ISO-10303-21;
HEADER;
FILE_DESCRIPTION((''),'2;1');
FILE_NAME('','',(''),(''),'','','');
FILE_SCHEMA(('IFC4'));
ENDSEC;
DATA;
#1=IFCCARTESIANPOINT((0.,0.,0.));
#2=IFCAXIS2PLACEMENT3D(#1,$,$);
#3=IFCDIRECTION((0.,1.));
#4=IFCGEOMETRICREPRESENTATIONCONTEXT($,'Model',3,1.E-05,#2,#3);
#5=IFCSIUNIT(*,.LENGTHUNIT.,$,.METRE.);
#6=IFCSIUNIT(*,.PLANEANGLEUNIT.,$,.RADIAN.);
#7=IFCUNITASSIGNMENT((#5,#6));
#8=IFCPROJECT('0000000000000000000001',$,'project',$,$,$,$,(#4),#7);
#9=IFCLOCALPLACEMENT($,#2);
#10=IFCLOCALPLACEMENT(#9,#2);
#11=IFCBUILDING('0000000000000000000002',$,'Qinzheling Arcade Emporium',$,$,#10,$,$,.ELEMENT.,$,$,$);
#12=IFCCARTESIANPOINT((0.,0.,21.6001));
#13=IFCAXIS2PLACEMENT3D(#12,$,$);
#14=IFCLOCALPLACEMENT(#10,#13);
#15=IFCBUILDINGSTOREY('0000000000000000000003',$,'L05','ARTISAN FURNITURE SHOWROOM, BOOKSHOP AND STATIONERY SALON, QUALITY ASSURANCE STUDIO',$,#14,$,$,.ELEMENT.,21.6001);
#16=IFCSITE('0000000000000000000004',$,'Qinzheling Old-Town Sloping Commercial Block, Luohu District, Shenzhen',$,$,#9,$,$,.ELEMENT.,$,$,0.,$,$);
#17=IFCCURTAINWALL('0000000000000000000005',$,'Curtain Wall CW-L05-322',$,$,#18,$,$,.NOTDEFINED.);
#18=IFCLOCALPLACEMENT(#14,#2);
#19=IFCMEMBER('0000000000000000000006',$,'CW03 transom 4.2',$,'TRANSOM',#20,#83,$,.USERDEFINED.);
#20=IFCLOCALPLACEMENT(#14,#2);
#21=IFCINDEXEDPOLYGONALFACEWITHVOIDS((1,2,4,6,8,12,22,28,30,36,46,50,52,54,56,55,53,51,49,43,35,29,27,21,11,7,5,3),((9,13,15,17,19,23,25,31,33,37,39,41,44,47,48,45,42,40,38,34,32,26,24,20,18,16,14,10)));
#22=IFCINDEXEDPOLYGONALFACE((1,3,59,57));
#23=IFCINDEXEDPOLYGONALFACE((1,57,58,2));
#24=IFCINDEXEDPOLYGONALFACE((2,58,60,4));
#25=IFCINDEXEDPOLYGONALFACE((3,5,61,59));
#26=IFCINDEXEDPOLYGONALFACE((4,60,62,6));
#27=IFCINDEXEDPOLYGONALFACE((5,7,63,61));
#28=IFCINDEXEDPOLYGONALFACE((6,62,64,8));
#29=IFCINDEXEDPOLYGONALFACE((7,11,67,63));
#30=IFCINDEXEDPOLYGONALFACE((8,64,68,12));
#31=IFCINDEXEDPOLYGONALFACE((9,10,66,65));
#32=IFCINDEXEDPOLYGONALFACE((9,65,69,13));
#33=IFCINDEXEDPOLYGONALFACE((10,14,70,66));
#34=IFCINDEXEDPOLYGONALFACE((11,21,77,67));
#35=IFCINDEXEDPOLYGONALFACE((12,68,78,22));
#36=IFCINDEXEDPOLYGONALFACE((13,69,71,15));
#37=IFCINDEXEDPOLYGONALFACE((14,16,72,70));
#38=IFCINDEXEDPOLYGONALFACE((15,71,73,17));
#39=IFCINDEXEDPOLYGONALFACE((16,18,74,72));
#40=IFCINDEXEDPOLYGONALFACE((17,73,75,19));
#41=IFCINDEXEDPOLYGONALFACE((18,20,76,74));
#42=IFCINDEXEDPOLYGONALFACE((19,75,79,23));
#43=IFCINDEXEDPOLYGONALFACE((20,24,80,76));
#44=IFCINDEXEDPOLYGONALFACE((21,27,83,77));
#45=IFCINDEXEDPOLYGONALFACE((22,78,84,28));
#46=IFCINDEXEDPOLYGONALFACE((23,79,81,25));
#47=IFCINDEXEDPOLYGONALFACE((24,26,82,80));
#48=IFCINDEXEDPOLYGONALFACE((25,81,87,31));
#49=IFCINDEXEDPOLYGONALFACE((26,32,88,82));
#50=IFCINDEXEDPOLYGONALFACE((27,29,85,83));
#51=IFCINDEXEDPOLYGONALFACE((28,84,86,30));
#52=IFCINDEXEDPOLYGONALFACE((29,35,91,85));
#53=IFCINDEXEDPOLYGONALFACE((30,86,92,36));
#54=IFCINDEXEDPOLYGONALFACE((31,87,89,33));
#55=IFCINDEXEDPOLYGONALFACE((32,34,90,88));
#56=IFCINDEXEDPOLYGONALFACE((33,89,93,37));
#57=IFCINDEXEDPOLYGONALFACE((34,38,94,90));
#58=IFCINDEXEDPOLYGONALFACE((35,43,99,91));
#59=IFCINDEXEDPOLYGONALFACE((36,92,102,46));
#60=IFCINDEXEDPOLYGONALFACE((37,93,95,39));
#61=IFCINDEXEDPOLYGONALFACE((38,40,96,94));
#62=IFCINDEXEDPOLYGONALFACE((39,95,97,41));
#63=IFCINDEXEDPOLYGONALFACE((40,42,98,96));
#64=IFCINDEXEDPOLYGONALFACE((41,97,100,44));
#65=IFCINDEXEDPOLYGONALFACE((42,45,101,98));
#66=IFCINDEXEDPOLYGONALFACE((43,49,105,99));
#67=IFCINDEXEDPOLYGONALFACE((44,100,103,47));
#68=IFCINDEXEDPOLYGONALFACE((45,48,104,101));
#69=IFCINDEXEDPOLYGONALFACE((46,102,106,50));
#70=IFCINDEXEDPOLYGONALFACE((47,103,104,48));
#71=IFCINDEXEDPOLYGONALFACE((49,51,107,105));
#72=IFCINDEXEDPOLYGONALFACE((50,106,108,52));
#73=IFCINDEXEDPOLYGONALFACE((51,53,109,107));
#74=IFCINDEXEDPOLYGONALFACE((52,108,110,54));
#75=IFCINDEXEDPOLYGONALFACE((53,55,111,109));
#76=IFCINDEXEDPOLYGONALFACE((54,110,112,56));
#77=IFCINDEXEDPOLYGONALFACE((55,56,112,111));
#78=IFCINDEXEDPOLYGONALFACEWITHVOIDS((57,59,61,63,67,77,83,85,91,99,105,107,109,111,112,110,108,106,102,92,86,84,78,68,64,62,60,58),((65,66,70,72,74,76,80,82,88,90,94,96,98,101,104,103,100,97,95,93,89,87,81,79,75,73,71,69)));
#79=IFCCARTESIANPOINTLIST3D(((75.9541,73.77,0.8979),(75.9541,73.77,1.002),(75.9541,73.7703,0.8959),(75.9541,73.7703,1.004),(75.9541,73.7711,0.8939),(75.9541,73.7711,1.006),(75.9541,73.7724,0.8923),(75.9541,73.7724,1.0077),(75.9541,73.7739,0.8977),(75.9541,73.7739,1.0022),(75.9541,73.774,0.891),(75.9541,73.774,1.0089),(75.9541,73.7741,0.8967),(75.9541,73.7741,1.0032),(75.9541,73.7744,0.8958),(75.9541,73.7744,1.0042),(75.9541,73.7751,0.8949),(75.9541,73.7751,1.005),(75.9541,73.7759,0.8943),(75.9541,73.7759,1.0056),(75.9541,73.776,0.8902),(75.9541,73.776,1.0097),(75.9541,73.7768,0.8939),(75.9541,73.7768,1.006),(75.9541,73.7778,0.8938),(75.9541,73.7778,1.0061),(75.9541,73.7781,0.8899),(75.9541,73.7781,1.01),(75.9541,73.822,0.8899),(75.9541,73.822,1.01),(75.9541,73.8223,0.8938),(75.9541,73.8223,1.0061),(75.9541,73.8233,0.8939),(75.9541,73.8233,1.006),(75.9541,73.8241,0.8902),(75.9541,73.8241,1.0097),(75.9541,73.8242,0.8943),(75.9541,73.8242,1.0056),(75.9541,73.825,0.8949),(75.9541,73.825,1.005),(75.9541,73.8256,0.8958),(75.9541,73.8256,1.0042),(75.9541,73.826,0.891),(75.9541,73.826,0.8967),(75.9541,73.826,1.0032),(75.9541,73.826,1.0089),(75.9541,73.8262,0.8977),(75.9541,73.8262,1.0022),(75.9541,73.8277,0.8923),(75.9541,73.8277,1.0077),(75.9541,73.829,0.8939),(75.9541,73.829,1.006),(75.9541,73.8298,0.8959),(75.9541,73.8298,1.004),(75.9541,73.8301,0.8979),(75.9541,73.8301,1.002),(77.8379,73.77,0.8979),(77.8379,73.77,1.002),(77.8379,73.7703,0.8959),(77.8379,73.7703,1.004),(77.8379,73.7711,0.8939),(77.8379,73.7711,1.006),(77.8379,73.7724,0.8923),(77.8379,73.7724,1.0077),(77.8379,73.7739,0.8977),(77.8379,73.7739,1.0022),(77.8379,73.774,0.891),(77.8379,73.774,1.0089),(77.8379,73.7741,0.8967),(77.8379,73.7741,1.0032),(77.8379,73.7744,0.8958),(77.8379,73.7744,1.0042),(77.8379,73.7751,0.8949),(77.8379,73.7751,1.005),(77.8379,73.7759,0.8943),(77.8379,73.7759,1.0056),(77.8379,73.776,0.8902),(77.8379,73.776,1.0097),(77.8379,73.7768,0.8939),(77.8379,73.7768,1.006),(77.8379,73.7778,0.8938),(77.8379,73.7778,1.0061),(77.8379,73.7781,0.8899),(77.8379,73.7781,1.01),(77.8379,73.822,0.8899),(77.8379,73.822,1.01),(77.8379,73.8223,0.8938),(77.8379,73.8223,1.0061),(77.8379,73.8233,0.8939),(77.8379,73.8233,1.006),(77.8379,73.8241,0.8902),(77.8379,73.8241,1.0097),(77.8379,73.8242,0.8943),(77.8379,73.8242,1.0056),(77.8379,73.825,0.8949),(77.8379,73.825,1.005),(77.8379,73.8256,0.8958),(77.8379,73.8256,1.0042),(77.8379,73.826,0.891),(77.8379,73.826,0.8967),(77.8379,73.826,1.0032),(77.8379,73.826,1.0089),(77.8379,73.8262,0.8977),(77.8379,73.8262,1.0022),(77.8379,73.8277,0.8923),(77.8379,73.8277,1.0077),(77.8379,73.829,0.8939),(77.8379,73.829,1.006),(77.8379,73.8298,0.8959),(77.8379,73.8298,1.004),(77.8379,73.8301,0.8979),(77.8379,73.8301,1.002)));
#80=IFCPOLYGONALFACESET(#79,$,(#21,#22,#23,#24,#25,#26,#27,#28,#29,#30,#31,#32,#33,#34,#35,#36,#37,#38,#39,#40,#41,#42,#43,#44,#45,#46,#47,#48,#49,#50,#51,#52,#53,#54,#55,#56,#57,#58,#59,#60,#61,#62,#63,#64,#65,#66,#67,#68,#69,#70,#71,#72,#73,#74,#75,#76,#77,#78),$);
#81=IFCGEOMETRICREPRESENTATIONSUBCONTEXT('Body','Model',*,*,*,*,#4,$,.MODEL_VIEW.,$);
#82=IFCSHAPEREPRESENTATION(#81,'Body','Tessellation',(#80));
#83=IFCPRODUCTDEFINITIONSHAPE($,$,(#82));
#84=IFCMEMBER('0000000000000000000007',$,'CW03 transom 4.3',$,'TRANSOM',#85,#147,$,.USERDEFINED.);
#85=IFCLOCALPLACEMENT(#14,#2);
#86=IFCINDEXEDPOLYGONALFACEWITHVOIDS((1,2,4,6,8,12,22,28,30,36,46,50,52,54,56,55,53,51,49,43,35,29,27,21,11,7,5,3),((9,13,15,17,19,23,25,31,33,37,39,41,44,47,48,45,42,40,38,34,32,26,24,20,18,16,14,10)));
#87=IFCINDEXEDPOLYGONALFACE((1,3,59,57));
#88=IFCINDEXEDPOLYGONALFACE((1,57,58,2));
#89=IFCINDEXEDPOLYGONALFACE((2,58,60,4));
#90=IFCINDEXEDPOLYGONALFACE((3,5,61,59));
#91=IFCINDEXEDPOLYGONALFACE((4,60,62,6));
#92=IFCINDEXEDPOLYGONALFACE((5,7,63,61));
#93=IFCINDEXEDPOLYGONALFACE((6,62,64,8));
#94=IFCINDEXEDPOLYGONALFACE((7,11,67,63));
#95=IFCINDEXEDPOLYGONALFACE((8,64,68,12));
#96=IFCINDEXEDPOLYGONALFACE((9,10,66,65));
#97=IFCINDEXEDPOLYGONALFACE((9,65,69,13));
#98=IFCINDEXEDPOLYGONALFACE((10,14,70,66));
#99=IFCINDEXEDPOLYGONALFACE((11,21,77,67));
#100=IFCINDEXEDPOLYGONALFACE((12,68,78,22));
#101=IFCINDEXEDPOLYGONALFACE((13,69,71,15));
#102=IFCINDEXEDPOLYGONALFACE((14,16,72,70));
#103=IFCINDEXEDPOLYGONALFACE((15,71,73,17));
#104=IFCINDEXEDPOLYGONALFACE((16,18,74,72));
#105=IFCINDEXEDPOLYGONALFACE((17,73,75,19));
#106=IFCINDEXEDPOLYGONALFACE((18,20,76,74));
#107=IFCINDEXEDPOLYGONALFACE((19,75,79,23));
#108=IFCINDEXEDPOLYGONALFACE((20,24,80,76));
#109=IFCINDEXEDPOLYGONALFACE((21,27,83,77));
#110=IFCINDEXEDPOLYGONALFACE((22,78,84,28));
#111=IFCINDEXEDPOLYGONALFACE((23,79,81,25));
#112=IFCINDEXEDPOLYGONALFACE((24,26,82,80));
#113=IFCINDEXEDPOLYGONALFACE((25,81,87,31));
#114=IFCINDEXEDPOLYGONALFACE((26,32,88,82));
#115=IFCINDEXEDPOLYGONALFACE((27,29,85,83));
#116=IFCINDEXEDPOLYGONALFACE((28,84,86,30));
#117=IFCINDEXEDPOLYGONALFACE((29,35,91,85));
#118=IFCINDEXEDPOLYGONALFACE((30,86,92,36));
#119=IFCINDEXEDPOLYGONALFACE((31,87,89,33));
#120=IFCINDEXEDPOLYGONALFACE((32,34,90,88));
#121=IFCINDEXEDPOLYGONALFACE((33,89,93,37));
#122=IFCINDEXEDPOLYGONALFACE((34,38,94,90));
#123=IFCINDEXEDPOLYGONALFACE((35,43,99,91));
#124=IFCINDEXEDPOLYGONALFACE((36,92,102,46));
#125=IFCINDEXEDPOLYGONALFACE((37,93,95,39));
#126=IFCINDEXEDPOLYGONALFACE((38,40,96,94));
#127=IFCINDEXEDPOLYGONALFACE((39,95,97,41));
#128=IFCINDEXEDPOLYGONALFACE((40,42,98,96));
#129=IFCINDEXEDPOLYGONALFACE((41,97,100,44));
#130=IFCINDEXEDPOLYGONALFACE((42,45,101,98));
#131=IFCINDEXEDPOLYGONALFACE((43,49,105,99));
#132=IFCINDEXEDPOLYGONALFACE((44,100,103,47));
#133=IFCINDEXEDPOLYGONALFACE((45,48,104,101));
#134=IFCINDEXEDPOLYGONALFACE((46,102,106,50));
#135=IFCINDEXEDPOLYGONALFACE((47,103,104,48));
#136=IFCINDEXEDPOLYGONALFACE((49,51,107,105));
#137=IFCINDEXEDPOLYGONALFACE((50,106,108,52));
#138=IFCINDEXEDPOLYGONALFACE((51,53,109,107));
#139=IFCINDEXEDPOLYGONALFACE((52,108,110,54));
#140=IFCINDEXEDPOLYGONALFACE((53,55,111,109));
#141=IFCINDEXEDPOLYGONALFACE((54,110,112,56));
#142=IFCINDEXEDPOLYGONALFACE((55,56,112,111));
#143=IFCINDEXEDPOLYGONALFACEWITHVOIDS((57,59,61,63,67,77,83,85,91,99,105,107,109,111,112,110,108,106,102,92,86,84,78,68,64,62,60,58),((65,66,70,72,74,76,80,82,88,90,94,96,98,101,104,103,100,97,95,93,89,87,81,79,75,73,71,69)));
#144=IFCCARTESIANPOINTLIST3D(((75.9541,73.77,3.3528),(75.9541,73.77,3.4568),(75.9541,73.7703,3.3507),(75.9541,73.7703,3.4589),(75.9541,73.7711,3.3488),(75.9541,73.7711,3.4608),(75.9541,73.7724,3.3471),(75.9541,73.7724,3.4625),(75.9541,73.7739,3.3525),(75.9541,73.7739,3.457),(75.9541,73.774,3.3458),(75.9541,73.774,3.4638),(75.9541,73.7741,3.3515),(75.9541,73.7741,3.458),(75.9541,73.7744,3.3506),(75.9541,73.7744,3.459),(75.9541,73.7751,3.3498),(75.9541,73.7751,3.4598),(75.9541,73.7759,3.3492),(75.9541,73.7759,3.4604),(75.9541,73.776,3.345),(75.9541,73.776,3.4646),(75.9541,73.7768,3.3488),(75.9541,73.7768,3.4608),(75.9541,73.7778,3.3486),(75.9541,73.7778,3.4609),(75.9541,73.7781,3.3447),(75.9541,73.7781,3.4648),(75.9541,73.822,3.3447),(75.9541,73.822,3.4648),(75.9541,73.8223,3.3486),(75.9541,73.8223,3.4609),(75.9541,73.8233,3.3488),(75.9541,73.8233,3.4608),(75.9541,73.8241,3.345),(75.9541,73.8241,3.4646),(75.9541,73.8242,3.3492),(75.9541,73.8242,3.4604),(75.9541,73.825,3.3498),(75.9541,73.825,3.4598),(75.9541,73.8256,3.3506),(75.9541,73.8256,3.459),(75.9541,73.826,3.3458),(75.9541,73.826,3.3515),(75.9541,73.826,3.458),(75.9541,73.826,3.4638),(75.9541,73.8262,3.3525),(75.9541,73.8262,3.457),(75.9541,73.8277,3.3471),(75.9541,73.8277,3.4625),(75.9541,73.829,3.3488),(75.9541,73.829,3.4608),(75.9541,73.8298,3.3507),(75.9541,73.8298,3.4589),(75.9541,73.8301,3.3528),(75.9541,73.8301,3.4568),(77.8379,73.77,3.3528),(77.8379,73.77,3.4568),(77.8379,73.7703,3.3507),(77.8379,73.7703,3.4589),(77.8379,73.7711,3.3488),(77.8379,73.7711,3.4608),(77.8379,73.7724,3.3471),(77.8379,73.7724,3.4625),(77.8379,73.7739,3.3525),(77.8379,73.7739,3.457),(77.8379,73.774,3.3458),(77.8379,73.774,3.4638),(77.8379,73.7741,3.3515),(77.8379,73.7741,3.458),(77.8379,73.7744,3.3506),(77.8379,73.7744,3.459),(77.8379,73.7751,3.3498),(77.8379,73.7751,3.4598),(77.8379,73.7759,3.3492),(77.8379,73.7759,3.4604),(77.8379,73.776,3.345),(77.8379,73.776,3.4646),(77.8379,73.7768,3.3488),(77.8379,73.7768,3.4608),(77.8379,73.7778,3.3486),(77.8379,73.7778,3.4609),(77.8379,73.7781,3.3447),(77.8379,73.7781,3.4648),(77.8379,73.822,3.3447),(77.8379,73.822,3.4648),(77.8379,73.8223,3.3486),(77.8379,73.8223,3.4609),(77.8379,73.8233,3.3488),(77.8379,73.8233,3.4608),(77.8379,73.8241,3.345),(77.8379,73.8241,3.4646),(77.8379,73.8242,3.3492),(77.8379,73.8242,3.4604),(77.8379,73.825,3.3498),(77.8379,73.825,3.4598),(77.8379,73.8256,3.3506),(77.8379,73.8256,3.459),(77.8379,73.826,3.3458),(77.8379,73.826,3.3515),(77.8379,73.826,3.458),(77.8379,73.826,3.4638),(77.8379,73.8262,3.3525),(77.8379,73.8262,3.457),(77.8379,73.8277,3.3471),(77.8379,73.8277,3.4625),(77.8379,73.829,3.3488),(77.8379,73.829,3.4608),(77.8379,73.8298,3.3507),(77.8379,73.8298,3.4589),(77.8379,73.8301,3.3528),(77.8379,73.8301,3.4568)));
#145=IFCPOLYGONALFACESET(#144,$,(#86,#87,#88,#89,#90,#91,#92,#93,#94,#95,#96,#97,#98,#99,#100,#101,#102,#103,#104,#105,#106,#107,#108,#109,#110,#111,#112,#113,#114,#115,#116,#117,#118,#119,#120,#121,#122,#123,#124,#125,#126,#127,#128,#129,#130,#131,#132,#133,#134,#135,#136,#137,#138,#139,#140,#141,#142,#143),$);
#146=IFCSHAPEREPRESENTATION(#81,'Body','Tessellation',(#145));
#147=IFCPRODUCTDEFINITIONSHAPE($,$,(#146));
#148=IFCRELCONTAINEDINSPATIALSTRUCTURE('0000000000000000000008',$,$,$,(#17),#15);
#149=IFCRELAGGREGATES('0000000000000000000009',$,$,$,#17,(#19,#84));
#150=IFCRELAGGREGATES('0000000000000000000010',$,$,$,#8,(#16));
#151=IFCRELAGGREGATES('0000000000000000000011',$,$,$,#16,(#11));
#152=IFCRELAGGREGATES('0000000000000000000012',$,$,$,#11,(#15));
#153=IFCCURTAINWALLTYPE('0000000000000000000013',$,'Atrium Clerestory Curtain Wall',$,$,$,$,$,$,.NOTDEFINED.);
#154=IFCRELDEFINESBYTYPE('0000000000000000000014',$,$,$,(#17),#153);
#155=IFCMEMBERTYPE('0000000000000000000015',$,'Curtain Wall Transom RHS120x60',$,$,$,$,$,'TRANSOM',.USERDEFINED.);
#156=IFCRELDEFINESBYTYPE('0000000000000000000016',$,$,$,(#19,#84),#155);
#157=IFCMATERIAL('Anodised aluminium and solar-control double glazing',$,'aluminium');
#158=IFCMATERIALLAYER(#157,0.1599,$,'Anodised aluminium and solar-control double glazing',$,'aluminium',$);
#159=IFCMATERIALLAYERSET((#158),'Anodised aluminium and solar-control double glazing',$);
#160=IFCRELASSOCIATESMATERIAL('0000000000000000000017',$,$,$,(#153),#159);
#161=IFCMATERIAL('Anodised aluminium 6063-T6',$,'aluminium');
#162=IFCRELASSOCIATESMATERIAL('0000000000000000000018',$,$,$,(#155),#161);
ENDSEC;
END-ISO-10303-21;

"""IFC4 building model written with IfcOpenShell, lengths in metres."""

from ifc_helpers import new_model, si_unit, direction, frame, origin, origin_2d, place, context, subcontext, project, spatial, hollow_rectangle, extrude, material, layer, layer_set, material_profile, profile_set, type_object, element, aggregate, save


model = new_model("IFC4")

# Units and contexts
model_context = context("Model", 3, precision=1e-05, world=origin(), true_north=direction((0.0, 1.0)))
body_context = subcontext(model_context, "Body", "Model", "MODEL_VIEW")
ifc_project = project(units=[si_unit("LENGTHUNIT", "METRE"), si_unit("PLANEANGLEUNIT", "RADIAN")], contexts=[model_context])

# Site, building, storey
site_placement = place(None, origin())
site = spatial("IfcSite", under=ifc_project, at=site_placement, Name="Qinzheling Old-Town Sloping Commercial Block, Luohu District, Shenzhen", CompositionType="ELEMENT", RefElevation=0.0)
building_placement = place(site_placement, origin())
building = spatial("IfcBuilding", under=site, at=building_placement, Name="Qinzheling Arcade Emporium", CompositionType="ELEMENT")
storey_placement = place(building_placement, frame((0.0, 0.0, 21.6001)))
storey = spatial("IfcBuildingStorey", under=building, at=storey_placement, Name="L05", Description="ARTISAN FURNITURE SHOWROOM, BOOKSHOP AND STATIONERY SALON, QUALITY ASSURANCE STUDIO", CompositionType="ELEMENT", Elevation=21.6001)

# Curtain wall
ifc_material_1 = material(Name="Anodised aluminium and solar-control double glazing", Category="aluminium")
ifc_layer_1 = layer(ifc_material_1, 0.1599, Name="Anodised aluminium and solar-control double glazing", Category="aluminium")
ifc_layer_set_1 = layer_set([ifc_layer_1], Name="Anodised aluminium and solar-control double glazing")
curtain_wall_type = type_object("IfcCurtainWallType", Name="Atrium Clerestory Curtain Wall", PredefinedType="NOTDEFINED", material=ifc_layer_set_1)
curtain_wall_1_placement = place(storey_placement, origin())
curtain_wall_1 = element("IfcCurtainWall", 1, at=curtain_wall_1_placement, inside=storey, type_object=curtain_wall_type, Name="Curtain Wall CW-L05-322", PredefinedType="NOTDEFINED")
ifc_material_2 = material(Name="Anodised aluminium 6063-T6", Category="aluminium")

# Members
ifc_material_profile_1 = material_profile(ifc_material_2, hollow_rectangle(XDim=0.0601, YDim=0.1201, WallThickness=0.0039, InnerFilletRadius=0.0039, OuterFilletRadius=0.0081, at=origin_2d()), Name="RHS 120x60x4", Category="aluminium")
ifc_profile_set_1 = profile_set([ifc_material_profile_1], Name="Anodised aluminium 6063-T6")
member_type_1 = type_object("IfcMemberType", Name="Curtain Wall Transom RHS120x60", ElementType="TRANSOM", PredefinedType="USERDEFINED", material=ifc_profile_set_1)
member_1_placement = place(storey_placement, frame((75.9541, 73.8, 0.95), z_axis=(1.0, 0.0, 0.0), x_axis=(0.0, 1.0, 0.0)))
member_1 = element("IfcMember", 2, at=member_1_placement, type_object=member_type_1, Name="CW03 transom 4.2", ObjectType="TRANSOM", PredefinedType="USERDEFINED", context=body_context, shape_type="SweptSolid", body=[
    extrude(hollow_rectangle(XDim=0.0601, YDim=0.1201, WallThickness=0.0039, InnerFilletRadius=0.0039, OuterFilletRadius=0.0081, at=origin_2d()), origin(), (0.0, 0.0, 1.0), 1.8838),
])
member_2_placement = place(storey_placement, frame((75.9541, 73.8, 3.4048), z_axis=(1.0, 0.0, 0.0), x_axis=(0.0, 1.0, 0.0)))
member_2 = element("IfcMember", 3, at=member_2_placement, type_object=member_type_1, Name="CW03 transom 4.3", ObjectType="TRANSOM", PredefinedType="USERDEFINED", context=body_context, shape_type="SweptSolid", body=[
    extrude(hollow_rectangle(XDim=0.0601, YDim=0.1201, WallThickness=0.0039, InnerFilletRadius=0.0039, OuterFilletRadius=0.0081, at=origin_2d()), origin(), (0.0, 0.0, 1.0), 1.8838),
])

aggregate(curtain_wall_1, [member_1, member_2])

save(model, "model.ifc")
